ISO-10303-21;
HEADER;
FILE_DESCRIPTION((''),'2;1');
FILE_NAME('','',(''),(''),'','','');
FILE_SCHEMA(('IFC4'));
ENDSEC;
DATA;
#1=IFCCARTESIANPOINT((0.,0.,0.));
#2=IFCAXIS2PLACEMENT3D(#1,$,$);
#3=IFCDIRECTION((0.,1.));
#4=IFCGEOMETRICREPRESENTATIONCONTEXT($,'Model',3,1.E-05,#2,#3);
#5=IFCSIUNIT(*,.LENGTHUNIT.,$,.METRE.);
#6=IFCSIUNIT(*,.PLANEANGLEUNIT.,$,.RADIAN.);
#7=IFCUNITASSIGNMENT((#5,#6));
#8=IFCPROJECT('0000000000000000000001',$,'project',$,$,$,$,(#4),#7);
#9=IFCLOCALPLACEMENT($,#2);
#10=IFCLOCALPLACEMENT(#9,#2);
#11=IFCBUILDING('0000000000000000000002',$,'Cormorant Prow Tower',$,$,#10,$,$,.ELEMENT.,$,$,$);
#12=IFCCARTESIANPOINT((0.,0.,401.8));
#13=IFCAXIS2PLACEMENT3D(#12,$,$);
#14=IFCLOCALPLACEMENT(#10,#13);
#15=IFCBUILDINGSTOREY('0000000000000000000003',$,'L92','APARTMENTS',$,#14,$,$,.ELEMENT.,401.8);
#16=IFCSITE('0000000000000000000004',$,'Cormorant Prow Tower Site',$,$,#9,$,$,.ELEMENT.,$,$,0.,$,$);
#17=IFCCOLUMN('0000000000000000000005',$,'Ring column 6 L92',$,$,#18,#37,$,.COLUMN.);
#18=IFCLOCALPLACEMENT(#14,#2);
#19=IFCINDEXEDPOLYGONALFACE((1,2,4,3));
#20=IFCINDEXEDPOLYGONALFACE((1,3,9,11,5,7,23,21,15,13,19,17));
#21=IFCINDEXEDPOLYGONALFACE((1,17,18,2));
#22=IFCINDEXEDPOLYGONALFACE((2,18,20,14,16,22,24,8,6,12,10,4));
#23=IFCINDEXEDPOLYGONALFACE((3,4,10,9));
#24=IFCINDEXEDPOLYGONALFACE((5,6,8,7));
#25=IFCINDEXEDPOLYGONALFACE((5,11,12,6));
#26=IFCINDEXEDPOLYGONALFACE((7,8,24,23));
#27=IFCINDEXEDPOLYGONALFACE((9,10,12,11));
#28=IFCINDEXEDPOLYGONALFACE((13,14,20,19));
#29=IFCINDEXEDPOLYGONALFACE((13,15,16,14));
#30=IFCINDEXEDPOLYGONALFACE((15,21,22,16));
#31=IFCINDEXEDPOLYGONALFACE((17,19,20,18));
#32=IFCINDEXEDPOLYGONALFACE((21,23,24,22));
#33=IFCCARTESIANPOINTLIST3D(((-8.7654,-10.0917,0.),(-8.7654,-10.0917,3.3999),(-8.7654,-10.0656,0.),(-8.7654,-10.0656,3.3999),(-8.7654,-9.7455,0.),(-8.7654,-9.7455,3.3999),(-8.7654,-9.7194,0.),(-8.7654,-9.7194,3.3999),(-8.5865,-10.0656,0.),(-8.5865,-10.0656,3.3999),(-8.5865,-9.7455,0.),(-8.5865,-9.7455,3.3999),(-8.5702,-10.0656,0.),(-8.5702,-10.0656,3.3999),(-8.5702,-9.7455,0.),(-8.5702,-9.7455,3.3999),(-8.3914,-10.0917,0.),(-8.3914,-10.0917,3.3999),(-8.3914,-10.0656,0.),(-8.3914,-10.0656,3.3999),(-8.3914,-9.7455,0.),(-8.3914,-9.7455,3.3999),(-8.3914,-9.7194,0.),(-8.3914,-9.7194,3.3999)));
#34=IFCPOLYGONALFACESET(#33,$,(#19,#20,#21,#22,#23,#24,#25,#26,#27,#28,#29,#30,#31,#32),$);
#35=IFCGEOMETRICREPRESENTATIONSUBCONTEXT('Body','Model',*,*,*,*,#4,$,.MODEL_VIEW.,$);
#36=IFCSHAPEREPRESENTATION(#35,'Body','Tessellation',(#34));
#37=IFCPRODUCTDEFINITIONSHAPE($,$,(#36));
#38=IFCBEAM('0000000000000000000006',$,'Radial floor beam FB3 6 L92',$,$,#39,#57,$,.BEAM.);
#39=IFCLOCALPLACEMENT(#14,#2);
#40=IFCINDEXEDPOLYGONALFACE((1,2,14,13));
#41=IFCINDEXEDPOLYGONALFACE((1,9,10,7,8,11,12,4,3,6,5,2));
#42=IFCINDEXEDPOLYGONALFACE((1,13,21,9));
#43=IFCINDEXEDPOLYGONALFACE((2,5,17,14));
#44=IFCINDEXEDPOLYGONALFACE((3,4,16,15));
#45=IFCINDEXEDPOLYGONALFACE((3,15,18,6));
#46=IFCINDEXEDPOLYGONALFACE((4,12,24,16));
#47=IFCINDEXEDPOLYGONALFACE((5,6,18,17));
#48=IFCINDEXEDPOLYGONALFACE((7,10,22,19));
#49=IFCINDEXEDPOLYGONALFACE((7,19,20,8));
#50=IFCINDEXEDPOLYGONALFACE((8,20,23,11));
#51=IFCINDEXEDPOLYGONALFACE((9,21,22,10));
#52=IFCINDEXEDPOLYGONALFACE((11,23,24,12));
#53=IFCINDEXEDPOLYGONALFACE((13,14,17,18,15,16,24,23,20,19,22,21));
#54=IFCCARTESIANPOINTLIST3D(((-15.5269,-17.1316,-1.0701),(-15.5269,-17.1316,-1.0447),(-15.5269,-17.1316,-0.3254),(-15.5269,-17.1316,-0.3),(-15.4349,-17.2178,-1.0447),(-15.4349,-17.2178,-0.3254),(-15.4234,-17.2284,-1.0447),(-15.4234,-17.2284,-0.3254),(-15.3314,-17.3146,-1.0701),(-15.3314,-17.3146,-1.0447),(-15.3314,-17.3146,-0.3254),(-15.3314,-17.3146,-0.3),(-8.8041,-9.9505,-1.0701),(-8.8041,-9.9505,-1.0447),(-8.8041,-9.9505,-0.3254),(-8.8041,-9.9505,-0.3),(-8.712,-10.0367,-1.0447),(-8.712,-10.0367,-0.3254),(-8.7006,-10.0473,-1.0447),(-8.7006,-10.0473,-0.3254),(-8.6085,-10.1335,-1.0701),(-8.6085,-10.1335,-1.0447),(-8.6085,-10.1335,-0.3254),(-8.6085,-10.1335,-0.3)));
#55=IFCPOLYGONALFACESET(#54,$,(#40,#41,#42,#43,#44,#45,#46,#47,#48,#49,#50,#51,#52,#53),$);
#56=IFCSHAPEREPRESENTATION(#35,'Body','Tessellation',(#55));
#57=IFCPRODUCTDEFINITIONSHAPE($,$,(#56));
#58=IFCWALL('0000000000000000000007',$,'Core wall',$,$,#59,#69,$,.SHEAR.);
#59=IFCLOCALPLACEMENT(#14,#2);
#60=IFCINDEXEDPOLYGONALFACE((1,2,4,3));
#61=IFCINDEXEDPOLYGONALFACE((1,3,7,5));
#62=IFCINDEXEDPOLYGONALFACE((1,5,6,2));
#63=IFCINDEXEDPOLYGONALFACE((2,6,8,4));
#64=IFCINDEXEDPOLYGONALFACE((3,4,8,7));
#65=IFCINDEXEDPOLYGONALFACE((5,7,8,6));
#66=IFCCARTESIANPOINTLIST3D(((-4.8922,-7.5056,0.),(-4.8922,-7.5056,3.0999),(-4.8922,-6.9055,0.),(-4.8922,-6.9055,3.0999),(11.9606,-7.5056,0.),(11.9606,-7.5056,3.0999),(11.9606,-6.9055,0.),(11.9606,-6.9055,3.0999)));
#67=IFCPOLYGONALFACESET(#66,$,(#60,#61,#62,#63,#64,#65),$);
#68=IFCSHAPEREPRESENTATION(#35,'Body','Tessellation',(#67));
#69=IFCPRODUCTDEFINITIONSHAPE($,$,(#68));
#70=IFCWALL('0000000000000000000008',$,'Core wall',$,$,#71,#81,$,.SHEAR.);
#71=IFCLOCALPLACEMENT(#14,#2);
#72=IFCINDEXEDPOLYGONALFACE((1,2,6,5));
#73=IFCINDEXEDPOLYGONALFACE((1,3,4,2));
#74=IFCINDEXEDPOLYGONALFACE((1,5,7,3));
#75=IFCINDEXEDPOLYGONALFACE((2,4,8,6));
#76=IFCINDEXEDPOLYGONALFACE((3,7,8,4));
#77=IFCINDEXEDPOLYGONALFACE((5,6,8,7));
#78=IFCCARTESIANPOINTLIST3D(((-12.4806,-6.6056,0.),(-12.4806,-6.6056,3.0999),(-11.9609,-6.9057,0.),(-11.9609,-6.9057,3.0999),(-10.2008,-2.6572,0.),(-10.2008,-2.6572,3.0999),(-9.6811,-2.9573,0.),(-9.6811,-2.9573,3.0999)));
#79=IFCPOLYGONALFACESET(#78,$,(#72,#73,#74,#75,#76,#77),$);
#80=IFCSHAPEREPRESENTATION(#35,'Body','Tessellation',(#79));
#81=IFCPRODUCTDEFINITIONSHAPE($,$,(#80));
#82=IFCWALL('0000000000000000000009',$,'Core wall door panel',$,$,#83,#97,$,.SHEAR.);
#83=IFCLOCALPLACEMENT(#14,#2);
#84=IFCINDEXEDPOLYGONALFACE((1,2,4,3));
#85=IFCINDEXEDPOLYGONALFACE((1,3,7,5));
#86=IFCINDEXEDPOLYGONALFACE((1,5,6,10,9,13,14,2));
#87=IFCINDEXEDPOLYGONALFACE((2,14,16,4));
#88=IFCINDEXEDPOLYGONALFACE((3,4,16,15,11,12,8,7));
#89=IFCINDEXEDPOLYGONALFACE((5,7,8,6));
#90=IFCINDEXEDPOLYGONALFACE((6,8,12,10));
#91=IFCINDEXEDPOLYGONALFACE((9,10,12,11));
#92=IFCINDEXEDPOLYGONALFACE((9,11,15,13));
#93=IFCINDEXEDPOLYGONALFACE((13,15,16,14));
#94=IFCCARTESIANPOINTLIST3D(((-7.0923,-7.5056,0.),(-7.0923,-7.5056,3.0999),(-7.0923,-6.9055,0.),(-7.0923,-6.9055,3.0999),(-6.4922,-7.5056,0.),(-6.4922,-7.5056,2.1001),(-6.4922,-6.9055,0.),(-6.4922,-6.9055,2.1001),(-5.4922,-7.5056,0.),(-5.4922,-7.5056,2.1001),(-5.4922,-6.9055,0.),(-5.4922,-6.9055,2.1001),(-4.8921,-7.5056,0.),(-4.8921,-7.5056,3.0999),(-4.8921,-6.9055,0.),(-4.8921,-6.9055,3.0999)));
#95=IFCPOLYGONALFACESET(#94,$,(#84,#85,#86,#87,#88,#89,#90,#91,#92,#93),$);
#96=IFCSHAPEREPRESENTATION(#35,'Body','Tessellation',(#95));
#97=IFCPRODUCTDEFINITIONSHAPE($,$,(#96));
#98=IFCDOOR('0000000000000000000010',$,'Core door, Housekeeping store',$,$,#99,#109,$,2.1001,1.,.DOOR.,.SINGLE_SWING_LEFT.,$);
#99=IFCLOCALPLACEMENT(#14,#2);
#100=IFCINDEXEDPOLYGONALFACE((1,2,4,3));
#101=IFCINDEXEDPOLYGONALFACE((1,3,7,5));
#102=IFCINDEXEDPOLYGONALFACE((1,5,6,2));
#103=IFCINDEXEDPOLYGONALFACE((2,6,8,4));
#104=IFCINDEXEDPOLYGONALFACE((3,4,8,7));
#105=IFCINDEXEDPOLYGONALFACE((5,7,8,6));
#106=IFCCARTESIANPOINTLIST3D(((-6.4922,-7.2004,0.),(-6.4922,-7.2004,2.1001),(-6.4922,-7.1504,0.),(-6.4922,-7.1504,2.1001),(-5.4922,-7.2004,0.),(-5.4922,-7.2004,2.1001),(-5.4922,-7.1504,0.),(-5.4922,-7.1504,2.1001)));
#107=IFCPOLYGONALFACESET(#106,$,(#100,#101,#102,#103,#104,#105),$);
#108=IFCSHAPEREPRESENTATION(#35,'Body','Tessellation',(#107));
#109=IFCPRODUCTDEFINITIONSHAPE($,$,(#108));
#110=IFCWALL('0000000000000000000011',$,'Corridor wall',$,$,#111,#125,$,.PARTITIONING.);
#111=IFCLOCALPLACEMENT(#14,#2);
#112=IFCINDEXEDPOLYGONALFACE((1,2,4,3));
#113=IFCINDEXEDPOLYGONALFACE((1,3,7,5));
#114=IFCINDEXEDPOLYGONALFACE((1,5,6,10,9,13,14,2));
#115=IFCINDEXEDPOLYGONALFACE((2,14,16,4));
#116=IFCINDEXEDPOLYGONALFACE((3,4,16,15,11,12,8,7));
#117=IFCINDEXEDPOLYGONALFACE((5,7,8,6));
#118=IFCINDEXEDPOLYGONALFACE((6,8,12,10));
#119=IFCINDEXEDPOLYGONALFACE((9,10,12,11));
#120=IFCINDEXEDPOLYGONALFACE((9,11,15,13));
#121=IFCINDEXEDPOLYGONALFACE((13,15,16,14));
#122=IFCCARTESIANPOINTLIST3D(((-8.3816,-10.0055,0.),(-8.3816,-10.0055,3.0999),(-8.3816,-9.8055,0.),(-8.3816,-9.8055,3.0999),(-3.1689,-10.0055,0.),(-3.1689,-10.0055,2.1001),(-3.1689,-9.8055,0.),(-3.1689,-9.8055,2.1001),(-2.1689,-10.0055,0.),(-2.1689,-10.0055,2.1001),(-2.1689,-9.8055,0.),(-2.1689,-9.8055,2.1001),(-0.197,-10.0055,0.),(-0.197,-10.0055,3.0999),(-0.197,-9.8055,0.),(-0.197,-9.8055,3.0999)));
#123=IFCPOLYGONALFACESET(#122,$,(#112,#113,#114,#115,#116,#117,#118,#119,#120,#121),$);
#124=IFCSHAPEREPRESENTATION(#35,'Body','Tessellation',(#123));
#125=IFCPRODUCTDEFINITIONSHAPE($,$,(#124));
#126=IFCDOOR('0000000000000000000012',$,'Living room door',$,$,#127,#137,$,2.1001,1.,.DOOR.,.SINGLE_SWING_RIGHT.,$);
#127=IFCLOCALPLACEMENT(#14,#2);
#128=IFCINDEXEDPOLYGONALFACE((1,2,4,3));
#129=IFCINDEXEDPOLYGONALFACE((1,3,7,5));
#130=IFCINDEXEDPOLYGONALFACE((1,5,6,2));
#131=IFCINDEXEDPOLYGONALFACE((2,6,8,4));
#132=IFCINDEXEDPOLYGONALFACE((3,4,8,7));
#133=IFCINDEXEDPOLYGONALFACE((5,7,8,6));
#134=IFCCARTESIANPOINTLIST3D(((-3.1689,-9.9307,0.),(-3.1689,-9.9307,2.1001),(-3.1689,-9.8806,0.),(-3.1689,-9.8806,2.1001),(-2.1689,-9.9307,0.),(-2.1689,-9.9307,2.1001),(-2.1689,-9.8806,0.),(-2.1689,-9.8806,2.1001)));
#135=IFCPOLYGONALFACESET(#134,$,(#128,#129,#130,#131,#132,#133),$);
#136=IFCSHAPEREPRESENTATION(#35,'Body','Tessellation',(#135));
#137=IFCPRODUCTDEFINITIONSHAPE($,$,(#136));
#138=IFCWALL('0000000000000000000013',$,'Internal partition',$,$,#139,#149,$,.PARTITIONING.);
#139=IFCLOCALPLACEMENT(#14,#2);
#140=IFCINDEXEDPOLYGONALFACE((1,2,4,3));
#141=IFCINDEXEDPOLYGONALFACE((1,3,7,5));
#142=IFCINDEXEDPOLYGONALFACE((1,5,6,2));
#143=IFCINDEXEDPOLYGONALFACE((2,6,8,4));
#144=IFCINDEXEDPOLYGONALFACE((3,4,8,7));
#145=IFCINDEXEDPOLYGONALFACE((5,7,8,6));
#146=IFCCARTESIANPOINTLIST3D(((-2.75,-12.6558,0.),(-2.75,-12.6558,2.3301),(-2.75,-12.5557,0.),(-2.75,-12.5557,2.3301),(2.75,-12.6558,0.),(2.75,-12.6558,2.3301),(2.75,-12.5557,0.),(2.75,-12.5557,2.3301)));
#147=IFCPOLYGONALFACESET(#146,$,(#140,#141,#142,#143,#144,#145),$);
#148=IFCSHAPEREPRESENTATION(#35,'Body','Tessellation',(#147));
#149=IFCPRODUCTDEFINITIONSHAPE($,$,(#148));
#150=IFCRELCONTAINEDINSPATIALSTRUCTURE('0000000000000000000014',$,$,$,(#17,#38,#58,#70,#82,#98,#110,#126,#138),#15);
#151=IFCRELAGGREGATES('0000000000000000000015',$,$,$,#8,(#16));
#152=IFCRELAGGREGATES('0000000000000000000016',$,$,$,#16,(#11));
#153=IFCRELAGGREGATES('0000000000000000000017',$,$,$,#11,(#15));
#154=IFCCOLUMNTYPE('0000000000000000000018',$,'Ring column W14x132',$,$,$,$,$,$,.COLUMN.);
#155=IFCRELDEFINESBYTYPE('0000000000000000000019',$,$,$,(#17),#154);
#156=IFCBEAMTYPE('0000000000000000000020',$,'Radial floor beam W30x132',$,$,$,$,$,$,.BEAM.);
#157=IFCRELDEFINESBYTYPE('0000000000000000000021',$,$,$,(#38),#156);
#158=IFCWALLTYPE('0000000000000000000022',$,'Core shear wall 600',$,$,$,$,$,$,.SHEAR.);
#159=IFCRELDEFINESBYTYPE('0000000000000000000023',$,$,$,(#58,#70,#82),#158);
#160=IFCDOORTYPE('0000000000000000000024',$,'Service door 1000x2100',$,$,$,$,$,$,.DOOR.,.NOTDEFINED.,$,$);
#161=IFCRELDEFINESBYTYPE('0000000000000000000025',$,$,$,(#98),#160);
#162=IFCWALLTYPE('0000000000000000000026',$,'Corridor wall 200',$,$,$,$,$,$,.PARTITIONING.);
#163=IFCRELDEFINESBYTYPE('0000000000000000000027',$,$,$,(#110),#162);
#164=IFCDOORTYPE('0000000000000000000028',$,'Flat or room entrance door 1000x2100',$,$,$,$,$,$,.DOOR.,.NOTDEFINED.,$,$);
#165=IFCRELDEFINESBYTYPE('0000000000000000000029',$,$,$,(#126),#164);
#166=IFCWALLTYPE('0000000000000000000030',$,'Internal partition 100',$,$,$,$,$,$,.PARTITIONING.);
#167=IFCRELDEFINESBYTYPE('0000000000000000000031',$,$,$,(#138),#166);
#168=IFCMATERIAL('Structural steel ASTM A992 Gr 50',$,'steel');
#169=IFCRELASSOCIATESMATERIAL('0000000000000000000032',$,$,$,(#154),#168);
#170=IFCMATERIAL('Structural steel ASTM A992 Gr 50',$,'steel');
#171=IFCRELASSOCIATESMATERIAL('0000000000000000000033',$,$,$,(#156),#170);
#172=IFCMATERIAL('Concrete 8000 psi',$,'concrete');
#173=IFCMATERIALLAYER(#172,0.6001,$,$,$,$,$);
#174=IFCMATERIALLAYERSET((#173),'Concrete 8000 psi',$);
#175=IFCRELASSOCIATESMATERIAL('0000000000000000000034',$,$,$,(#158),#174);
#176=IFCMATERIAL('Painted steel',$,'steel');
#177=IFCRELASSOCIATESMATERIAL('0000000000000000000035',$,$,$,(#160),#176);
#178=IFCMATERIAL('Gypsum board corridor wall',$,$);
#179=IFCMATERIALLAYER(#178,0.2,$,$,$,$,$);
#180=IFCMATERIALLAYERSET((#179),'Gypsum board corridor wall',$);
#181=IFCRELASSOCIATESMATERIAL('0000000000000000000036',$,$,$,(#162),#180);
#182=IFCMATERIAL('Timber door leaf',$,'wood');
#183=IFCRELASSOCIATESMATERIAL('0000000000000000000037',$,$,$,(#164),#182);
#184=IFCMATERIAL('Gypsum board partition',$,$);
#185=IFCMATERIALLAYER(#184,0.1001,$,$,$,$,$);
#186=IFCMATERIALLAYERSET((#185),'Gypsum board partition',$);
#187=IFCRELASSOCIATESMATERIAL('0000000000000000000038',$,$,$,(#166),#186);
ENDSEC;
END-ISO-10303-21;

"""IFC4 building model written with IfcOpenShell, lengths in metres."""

from ifc_helpers import new_model, si_unit, direction, frame, frame_2d, origin, origin_2d, place, context, subcontext, project, spatial, rectangle, i_section, extrude, material, layer, layer_set, material_profile, profile_set, type_object, element, fill, save


model = new_model("IFC4")

# Units and contexts
model_context = context("Model", 3, precision=1e-05, world=origin(), true_north=direction((0.0, 1.0)))
body_context = subcontext(model_context, "Body", "Model", "MODEL_VIEW")
ifc_project = project(units=[si_unit("LENGTHUNIT", "METRE"), si_unit("PLANEANGLEUNIT", "RADIAN")], contexts=[model_context])

# Site, building, storey
site_placement = place(None, origin())
site = spatial("IfcSite", under=ifc_project, at=site_placement, Name="Cormorant Prow Tower Site", CompositionType="ELEMENT", RefElevation=0.0)
building_placement = place(site_placement, origin())
building = spatial("IfcBuilding", under=site, at=building_placement, Name="Cormorant Prow Tower", CompositionType="ELEMENT")
storey_placement = place(building_placement, frame((0.0, 0.0, 401.8)))
storey = spatial("IfcBuildingStorey", under=building, at=storey_placement, Name="L92", Description="APARTMENTS", CompositionType="ELEMENT", Elevation=401.8)

# Column
ifc_material_1 = material(Name="Structural steel ASTM A992 Gr 50", Category="steel")
ifc_material_profile_1 = material_profile(ifc_material_1, i_section(OverallWidth=0.374, OverallDepth=0.3723, WebThickness=0.0164, FlangeThickness=0.0261, at=origin_2d()), Name="W14x132")
ifc_profile_set_1 = profile_set([ifc_material_profile_1], Name="Structural steel ASTM A992 Gr 50")
column_type = type_object("IfcColumnType", Name="Ring column W14x132", PredefinedType="COLUMN", material=ifc_profile_set_1)
column_placement = place(storey_placement, frame((-8.5784, -9.9055, 0.0), z_axis=(0.0, 0.0, 1.0), x_axis=(1.0, 0.0, 0.0)))
element("IfcColumn", 1, at=column_placement, inside=storey, type_object=column_type, Name="Ring column 6 L92", PredefinedType="COLUMN", context=body_context, shape_type="SweptSolid", body=[
    extrude(i_section(OverallWidth=0.374, OverallDepth=0.3723, WebThickness=0.0164, FlangeThickness=0.0261, at=origin_2d()), origin(), (0.0, 0.0, 1.0), 3.3999),
])

# Beam
ifc_material_2 = material(Name="Structural steel ASTM A992 Gr 50", Category="steel")
ifc_material_profile_2 = material_profile(ifc_material_2, i_section(OverallWidth=0.2678, OverallDepth=0.77, WebThickness=0.0156, FlangeThickness=0.0254, at=origin_2d()), Name="W30x132")
ifc_profile_set_2 = profile_set([ifc_material_profile_2], Name="Structural steel ASTM A992 Gr 50")
beam_type = type_object("IfcBeamType", Name="Radial floor beam W30x132", PredefinedType="BEAM", material=ifc_profile_set_2)
beam_placement = place(storey_placement, frame((-8.7063, -10.042, -0.6851), z_axis=(-0.683431, -0.730015, 0.0), x_axis=(0.730015, -0.683431, 0.0)))
element("IfcBeam", 2, at=beam_placement, inside=storey, type_object=beam_type, Name="Radial floor beam FB3 6 L92", PredefinedType="BEAM", context=body_context, shape_type="SweptSolid", body=[
    extrude(i_section(OverallWidth=0.2678, OverallDepth=0.77, WebThickness=0.0156, FlangeThickness=0.0254, at=origin_2d()), origin(), (0.0, 0.0, 1.0), 9.8369),
])

# Walls
ifc_material_3 = material(Name="Concrete 8000 psi", Category="concrete")
ifc_layer_1 = layer(ifc_material_3, 0.6001)
ifc_layer_set_1 = layer_set([ifc_layer_1], Name="Concrete 8000 psi")
wall_type_1 = type_object("IfcWallType", Name="Core shear wall 600", PredefinedType="SHEAR", material=ifc_layer_set_1)
wall_1_placement = place(storey_placement, frame((-4.8921, -7.2056, 0.0), z_axis=(0.0, 0.0, 1.0), x_axis=(1.0, 0.0, 0.0)))
element("IfcWall", 3, at=wall_1_placement, inside=storey, type_object=wall_type_1, Name="Core wall", PredefinedType="SHEAR", context=body_context, shape_type="SweptSolid", body=[
    extrude(rectangle(XDim=16.8528, YDim=0.6001, at=frame_2d((8.4263, 0.0))), origin(), (0.0, 0.0, 1.0), 3.0999),
])
wall_2_placement = place(storey_placement, frame((-9.9409, -2.8071, 0.0), z_axis=(0.0, 0.0, 1.0), x_axis=(-0.500021, -0.866013, 0.0)))
element("IfcWall", 4, at=wall_2_placement, inside=storey, type_object=wall_type_1, Name="Core wall", PredefinedType="SHEAR", context=body_context, shape_type="SweptSolid", body=[
    extrude(rectangle(XDim=4.5593, YDim=0.6001, at=frame_2d((2.2798, 0.0))), origin(), (0.0, 0.0, 1.0), 3.0999),
])

# Walls, openings, doors
wall_3_placement = place(storey_placement, frame((-7.0923, -7.2056, 0.0), z_axis=(0.0, 0.0, 1.0), x_axis=(1.0, 0.0, 0.0)))
wall_3 = element("IfcWall", 5, at=wall_3_placement, inside=storey, type_object=wall_type_1, Name="Core wall door panel", PredefinedType="SHEAR", context=body_context, shape_type="SweptSolid", body=[
    extrude(rectangle(XDim=2.2002, YDim=0.6001, at=frame_2d((1.1001, 0.0))), origin(), (0.0, 0.0, 1.0), 3.0999),
])
opening_1_placement = place(wall_3_placement, frame((0.6001, 0.0, 0.0)))
opening_1 = element("IfcOpeningElement", 6, at=opening_1_placement, cuts=wall_3, PredefinedType="OPENING", context=body_context, shape_type="SweptSolid", body=[
    extrude(rectangle(XDim=1.0, YDim=2.1001, at=frame_2d((0.5, 1.05))), frame((0.0, 0.3101, 0.0), z_axis=(0.0, -1.0, 0.0), x_axis=(1.0, 0.0, 0.0)), (0.0, 0.0, 1.0), 0.6201),
])
ifc_material_4 = material(Name="Painted steel", Category="steel")
door_type_1 = type_object("IfcDoorType", Name="Service door 1000x2100", OperationType="NOTDEFINED", PredefinedType="DOOR", material=ifc_material_4)
door_1_placement = place(opening_1_placement, origin())
door_1 = element("IfcDoor", 7, at=door_1_placement, inside=storey, type_object=door_type_1, Name="Core door, Housekeeping store", OperationType="SINGLE_SWING_LEFT", OverallHeight=2.1001, OverallWidth=1.0, PredefinedType="DOOR", context=body_context, shape_type="SweptSolid", body=[
    extrude(rectangle(XDim=1.0, YDim=2.1001, at=frame_2d((0.5, 1.05))), frame((0.0, 0.0552, 0.0), z_axis=(0.0, -1.0, 0.0), x_axis=(1.0, 0.0, 0.0)), (0.0, 0.0, 1.0), 0.05),
])
fill(opening_1, door_1)
ifc_material_5 = material(Name="Gypsum board corridor wall")
ifc_layer_2 = layer(ifc_material_5, 0.2)
ifc_layer_set_2 = layer_set([ifc_layer_2], Name="Gypsum board corridor wall")
wall_type_2 = type_object("IfcWallType", Name="Corridor wall 200", PredefinedType="PARTITIONING", material=ifc_layer_set_2)
wall_4_placement = place(storey_placement, frame((-8.3816, -9.9055, 0.0), z_axis=(0.0, 0.0, 1.0), x_axis=(1.0, 0.0, 0.0)))
wall_4 = element("IfcWall", 8, at=wall_4_placement, inside=storey, type_object=wall_type_2, Name="Corridor wall", PredefinedType="PARTITIONING", context=body_context, shape_type="SweptSolid", body=[
    extrude(rectangle(XDim=8.1846, YDim=0.2, at=frame_2d((4.0923, 0.0))), origin(), (0.0, 0.0, 1.0), 3.0999),
])
opening_2_placement = place(wall_4_placement, frame((5.2126, 0.0, 0.0)))
opening_2 = element("IfcOpeningElement", 9, at=opening_2_placement, cuts=wall_4, PredefinedType="OPENING", context=body_context, shape_type="SweptSolid", body=[
    extrude(rectangle(XDim=1.0, YDim=2.1001, at=frame_2d((0.5, 1.05))), frame((0.0, 0.1099, 0.0), z_axis=(0.0, -1.0, 0.0), x_axis=(1.0, 0.0, 0.0)), (0.0, 0.0, 1.0), 0.22),
])
ifc_material_6 = material(Name="Timber door leaf", Category="wood")
door_type_2 = type_object("IfcDoorType", Name="Flat or room entrance door 1000x2100", OperationType="NOTDEFINED", PredefinedType="DOOR", material=ifc_material_6)
door_2_placement = place(opening_2_placement, origin())
door_2 = element("IfcDoor", 10, at=door_2_placement, inside=storey, type_object=door_type_2, Name="Living room door", OperationType="SINGLE_SWING_RIGHT", OverallHeight=2.1001, OverallWidth=1.0, PredefinedType="DOOR", context=body_context, shape_type="SweptSolid", body=[
    extrude(rectangle(XDim=1.0, YDim=2.1001, at=frame_2d((0.5, 1.05))), frame((0.0, 0.0249, 0.0), z_axis=(0.0, -1.0, 0.0), x_axis=(1.0, 0.0, 0.0)), (0.0, 0.0, 1.0), 0.05),
])
fill(opening_2, door_2)

# Wall
ifc_material_7 = material(Name="Gypsum board partition")
ifc_layer_3 = layer(ifc_material_7, 0.1001)
ifc_layer_set_3 = layer_set([ifc_layer_3], Name="Gypsum board partition")
wall_type_3 = type_object("IfcWallType", Name="Internal partition 100", PredefinedType="PARTITIONING", material=ifc_layer_set_3)
wall_5_placement = place(storey_placement, frame((-2.75, -12.6057, 0.0), z_axis=(0.0, 0.0, 1.0), x_axis=(1.0, 0.0, 0.0)))
element("IfcWall", 11, at=wall_5_placement, inside=storey, type_object=wall_type_3, Name="Internal partition", PredefinedType="PARTITIONING", context=body_context, shape_type="SweptSolid", body=[
    extrude(rectangle(XDim=5.5, YDim=0.1001, at=frame_2d((2.75, 0.0))), origin(), (0.0, 0.0, 1.0), 2.3301),
])

save(model, "model.ifc")
